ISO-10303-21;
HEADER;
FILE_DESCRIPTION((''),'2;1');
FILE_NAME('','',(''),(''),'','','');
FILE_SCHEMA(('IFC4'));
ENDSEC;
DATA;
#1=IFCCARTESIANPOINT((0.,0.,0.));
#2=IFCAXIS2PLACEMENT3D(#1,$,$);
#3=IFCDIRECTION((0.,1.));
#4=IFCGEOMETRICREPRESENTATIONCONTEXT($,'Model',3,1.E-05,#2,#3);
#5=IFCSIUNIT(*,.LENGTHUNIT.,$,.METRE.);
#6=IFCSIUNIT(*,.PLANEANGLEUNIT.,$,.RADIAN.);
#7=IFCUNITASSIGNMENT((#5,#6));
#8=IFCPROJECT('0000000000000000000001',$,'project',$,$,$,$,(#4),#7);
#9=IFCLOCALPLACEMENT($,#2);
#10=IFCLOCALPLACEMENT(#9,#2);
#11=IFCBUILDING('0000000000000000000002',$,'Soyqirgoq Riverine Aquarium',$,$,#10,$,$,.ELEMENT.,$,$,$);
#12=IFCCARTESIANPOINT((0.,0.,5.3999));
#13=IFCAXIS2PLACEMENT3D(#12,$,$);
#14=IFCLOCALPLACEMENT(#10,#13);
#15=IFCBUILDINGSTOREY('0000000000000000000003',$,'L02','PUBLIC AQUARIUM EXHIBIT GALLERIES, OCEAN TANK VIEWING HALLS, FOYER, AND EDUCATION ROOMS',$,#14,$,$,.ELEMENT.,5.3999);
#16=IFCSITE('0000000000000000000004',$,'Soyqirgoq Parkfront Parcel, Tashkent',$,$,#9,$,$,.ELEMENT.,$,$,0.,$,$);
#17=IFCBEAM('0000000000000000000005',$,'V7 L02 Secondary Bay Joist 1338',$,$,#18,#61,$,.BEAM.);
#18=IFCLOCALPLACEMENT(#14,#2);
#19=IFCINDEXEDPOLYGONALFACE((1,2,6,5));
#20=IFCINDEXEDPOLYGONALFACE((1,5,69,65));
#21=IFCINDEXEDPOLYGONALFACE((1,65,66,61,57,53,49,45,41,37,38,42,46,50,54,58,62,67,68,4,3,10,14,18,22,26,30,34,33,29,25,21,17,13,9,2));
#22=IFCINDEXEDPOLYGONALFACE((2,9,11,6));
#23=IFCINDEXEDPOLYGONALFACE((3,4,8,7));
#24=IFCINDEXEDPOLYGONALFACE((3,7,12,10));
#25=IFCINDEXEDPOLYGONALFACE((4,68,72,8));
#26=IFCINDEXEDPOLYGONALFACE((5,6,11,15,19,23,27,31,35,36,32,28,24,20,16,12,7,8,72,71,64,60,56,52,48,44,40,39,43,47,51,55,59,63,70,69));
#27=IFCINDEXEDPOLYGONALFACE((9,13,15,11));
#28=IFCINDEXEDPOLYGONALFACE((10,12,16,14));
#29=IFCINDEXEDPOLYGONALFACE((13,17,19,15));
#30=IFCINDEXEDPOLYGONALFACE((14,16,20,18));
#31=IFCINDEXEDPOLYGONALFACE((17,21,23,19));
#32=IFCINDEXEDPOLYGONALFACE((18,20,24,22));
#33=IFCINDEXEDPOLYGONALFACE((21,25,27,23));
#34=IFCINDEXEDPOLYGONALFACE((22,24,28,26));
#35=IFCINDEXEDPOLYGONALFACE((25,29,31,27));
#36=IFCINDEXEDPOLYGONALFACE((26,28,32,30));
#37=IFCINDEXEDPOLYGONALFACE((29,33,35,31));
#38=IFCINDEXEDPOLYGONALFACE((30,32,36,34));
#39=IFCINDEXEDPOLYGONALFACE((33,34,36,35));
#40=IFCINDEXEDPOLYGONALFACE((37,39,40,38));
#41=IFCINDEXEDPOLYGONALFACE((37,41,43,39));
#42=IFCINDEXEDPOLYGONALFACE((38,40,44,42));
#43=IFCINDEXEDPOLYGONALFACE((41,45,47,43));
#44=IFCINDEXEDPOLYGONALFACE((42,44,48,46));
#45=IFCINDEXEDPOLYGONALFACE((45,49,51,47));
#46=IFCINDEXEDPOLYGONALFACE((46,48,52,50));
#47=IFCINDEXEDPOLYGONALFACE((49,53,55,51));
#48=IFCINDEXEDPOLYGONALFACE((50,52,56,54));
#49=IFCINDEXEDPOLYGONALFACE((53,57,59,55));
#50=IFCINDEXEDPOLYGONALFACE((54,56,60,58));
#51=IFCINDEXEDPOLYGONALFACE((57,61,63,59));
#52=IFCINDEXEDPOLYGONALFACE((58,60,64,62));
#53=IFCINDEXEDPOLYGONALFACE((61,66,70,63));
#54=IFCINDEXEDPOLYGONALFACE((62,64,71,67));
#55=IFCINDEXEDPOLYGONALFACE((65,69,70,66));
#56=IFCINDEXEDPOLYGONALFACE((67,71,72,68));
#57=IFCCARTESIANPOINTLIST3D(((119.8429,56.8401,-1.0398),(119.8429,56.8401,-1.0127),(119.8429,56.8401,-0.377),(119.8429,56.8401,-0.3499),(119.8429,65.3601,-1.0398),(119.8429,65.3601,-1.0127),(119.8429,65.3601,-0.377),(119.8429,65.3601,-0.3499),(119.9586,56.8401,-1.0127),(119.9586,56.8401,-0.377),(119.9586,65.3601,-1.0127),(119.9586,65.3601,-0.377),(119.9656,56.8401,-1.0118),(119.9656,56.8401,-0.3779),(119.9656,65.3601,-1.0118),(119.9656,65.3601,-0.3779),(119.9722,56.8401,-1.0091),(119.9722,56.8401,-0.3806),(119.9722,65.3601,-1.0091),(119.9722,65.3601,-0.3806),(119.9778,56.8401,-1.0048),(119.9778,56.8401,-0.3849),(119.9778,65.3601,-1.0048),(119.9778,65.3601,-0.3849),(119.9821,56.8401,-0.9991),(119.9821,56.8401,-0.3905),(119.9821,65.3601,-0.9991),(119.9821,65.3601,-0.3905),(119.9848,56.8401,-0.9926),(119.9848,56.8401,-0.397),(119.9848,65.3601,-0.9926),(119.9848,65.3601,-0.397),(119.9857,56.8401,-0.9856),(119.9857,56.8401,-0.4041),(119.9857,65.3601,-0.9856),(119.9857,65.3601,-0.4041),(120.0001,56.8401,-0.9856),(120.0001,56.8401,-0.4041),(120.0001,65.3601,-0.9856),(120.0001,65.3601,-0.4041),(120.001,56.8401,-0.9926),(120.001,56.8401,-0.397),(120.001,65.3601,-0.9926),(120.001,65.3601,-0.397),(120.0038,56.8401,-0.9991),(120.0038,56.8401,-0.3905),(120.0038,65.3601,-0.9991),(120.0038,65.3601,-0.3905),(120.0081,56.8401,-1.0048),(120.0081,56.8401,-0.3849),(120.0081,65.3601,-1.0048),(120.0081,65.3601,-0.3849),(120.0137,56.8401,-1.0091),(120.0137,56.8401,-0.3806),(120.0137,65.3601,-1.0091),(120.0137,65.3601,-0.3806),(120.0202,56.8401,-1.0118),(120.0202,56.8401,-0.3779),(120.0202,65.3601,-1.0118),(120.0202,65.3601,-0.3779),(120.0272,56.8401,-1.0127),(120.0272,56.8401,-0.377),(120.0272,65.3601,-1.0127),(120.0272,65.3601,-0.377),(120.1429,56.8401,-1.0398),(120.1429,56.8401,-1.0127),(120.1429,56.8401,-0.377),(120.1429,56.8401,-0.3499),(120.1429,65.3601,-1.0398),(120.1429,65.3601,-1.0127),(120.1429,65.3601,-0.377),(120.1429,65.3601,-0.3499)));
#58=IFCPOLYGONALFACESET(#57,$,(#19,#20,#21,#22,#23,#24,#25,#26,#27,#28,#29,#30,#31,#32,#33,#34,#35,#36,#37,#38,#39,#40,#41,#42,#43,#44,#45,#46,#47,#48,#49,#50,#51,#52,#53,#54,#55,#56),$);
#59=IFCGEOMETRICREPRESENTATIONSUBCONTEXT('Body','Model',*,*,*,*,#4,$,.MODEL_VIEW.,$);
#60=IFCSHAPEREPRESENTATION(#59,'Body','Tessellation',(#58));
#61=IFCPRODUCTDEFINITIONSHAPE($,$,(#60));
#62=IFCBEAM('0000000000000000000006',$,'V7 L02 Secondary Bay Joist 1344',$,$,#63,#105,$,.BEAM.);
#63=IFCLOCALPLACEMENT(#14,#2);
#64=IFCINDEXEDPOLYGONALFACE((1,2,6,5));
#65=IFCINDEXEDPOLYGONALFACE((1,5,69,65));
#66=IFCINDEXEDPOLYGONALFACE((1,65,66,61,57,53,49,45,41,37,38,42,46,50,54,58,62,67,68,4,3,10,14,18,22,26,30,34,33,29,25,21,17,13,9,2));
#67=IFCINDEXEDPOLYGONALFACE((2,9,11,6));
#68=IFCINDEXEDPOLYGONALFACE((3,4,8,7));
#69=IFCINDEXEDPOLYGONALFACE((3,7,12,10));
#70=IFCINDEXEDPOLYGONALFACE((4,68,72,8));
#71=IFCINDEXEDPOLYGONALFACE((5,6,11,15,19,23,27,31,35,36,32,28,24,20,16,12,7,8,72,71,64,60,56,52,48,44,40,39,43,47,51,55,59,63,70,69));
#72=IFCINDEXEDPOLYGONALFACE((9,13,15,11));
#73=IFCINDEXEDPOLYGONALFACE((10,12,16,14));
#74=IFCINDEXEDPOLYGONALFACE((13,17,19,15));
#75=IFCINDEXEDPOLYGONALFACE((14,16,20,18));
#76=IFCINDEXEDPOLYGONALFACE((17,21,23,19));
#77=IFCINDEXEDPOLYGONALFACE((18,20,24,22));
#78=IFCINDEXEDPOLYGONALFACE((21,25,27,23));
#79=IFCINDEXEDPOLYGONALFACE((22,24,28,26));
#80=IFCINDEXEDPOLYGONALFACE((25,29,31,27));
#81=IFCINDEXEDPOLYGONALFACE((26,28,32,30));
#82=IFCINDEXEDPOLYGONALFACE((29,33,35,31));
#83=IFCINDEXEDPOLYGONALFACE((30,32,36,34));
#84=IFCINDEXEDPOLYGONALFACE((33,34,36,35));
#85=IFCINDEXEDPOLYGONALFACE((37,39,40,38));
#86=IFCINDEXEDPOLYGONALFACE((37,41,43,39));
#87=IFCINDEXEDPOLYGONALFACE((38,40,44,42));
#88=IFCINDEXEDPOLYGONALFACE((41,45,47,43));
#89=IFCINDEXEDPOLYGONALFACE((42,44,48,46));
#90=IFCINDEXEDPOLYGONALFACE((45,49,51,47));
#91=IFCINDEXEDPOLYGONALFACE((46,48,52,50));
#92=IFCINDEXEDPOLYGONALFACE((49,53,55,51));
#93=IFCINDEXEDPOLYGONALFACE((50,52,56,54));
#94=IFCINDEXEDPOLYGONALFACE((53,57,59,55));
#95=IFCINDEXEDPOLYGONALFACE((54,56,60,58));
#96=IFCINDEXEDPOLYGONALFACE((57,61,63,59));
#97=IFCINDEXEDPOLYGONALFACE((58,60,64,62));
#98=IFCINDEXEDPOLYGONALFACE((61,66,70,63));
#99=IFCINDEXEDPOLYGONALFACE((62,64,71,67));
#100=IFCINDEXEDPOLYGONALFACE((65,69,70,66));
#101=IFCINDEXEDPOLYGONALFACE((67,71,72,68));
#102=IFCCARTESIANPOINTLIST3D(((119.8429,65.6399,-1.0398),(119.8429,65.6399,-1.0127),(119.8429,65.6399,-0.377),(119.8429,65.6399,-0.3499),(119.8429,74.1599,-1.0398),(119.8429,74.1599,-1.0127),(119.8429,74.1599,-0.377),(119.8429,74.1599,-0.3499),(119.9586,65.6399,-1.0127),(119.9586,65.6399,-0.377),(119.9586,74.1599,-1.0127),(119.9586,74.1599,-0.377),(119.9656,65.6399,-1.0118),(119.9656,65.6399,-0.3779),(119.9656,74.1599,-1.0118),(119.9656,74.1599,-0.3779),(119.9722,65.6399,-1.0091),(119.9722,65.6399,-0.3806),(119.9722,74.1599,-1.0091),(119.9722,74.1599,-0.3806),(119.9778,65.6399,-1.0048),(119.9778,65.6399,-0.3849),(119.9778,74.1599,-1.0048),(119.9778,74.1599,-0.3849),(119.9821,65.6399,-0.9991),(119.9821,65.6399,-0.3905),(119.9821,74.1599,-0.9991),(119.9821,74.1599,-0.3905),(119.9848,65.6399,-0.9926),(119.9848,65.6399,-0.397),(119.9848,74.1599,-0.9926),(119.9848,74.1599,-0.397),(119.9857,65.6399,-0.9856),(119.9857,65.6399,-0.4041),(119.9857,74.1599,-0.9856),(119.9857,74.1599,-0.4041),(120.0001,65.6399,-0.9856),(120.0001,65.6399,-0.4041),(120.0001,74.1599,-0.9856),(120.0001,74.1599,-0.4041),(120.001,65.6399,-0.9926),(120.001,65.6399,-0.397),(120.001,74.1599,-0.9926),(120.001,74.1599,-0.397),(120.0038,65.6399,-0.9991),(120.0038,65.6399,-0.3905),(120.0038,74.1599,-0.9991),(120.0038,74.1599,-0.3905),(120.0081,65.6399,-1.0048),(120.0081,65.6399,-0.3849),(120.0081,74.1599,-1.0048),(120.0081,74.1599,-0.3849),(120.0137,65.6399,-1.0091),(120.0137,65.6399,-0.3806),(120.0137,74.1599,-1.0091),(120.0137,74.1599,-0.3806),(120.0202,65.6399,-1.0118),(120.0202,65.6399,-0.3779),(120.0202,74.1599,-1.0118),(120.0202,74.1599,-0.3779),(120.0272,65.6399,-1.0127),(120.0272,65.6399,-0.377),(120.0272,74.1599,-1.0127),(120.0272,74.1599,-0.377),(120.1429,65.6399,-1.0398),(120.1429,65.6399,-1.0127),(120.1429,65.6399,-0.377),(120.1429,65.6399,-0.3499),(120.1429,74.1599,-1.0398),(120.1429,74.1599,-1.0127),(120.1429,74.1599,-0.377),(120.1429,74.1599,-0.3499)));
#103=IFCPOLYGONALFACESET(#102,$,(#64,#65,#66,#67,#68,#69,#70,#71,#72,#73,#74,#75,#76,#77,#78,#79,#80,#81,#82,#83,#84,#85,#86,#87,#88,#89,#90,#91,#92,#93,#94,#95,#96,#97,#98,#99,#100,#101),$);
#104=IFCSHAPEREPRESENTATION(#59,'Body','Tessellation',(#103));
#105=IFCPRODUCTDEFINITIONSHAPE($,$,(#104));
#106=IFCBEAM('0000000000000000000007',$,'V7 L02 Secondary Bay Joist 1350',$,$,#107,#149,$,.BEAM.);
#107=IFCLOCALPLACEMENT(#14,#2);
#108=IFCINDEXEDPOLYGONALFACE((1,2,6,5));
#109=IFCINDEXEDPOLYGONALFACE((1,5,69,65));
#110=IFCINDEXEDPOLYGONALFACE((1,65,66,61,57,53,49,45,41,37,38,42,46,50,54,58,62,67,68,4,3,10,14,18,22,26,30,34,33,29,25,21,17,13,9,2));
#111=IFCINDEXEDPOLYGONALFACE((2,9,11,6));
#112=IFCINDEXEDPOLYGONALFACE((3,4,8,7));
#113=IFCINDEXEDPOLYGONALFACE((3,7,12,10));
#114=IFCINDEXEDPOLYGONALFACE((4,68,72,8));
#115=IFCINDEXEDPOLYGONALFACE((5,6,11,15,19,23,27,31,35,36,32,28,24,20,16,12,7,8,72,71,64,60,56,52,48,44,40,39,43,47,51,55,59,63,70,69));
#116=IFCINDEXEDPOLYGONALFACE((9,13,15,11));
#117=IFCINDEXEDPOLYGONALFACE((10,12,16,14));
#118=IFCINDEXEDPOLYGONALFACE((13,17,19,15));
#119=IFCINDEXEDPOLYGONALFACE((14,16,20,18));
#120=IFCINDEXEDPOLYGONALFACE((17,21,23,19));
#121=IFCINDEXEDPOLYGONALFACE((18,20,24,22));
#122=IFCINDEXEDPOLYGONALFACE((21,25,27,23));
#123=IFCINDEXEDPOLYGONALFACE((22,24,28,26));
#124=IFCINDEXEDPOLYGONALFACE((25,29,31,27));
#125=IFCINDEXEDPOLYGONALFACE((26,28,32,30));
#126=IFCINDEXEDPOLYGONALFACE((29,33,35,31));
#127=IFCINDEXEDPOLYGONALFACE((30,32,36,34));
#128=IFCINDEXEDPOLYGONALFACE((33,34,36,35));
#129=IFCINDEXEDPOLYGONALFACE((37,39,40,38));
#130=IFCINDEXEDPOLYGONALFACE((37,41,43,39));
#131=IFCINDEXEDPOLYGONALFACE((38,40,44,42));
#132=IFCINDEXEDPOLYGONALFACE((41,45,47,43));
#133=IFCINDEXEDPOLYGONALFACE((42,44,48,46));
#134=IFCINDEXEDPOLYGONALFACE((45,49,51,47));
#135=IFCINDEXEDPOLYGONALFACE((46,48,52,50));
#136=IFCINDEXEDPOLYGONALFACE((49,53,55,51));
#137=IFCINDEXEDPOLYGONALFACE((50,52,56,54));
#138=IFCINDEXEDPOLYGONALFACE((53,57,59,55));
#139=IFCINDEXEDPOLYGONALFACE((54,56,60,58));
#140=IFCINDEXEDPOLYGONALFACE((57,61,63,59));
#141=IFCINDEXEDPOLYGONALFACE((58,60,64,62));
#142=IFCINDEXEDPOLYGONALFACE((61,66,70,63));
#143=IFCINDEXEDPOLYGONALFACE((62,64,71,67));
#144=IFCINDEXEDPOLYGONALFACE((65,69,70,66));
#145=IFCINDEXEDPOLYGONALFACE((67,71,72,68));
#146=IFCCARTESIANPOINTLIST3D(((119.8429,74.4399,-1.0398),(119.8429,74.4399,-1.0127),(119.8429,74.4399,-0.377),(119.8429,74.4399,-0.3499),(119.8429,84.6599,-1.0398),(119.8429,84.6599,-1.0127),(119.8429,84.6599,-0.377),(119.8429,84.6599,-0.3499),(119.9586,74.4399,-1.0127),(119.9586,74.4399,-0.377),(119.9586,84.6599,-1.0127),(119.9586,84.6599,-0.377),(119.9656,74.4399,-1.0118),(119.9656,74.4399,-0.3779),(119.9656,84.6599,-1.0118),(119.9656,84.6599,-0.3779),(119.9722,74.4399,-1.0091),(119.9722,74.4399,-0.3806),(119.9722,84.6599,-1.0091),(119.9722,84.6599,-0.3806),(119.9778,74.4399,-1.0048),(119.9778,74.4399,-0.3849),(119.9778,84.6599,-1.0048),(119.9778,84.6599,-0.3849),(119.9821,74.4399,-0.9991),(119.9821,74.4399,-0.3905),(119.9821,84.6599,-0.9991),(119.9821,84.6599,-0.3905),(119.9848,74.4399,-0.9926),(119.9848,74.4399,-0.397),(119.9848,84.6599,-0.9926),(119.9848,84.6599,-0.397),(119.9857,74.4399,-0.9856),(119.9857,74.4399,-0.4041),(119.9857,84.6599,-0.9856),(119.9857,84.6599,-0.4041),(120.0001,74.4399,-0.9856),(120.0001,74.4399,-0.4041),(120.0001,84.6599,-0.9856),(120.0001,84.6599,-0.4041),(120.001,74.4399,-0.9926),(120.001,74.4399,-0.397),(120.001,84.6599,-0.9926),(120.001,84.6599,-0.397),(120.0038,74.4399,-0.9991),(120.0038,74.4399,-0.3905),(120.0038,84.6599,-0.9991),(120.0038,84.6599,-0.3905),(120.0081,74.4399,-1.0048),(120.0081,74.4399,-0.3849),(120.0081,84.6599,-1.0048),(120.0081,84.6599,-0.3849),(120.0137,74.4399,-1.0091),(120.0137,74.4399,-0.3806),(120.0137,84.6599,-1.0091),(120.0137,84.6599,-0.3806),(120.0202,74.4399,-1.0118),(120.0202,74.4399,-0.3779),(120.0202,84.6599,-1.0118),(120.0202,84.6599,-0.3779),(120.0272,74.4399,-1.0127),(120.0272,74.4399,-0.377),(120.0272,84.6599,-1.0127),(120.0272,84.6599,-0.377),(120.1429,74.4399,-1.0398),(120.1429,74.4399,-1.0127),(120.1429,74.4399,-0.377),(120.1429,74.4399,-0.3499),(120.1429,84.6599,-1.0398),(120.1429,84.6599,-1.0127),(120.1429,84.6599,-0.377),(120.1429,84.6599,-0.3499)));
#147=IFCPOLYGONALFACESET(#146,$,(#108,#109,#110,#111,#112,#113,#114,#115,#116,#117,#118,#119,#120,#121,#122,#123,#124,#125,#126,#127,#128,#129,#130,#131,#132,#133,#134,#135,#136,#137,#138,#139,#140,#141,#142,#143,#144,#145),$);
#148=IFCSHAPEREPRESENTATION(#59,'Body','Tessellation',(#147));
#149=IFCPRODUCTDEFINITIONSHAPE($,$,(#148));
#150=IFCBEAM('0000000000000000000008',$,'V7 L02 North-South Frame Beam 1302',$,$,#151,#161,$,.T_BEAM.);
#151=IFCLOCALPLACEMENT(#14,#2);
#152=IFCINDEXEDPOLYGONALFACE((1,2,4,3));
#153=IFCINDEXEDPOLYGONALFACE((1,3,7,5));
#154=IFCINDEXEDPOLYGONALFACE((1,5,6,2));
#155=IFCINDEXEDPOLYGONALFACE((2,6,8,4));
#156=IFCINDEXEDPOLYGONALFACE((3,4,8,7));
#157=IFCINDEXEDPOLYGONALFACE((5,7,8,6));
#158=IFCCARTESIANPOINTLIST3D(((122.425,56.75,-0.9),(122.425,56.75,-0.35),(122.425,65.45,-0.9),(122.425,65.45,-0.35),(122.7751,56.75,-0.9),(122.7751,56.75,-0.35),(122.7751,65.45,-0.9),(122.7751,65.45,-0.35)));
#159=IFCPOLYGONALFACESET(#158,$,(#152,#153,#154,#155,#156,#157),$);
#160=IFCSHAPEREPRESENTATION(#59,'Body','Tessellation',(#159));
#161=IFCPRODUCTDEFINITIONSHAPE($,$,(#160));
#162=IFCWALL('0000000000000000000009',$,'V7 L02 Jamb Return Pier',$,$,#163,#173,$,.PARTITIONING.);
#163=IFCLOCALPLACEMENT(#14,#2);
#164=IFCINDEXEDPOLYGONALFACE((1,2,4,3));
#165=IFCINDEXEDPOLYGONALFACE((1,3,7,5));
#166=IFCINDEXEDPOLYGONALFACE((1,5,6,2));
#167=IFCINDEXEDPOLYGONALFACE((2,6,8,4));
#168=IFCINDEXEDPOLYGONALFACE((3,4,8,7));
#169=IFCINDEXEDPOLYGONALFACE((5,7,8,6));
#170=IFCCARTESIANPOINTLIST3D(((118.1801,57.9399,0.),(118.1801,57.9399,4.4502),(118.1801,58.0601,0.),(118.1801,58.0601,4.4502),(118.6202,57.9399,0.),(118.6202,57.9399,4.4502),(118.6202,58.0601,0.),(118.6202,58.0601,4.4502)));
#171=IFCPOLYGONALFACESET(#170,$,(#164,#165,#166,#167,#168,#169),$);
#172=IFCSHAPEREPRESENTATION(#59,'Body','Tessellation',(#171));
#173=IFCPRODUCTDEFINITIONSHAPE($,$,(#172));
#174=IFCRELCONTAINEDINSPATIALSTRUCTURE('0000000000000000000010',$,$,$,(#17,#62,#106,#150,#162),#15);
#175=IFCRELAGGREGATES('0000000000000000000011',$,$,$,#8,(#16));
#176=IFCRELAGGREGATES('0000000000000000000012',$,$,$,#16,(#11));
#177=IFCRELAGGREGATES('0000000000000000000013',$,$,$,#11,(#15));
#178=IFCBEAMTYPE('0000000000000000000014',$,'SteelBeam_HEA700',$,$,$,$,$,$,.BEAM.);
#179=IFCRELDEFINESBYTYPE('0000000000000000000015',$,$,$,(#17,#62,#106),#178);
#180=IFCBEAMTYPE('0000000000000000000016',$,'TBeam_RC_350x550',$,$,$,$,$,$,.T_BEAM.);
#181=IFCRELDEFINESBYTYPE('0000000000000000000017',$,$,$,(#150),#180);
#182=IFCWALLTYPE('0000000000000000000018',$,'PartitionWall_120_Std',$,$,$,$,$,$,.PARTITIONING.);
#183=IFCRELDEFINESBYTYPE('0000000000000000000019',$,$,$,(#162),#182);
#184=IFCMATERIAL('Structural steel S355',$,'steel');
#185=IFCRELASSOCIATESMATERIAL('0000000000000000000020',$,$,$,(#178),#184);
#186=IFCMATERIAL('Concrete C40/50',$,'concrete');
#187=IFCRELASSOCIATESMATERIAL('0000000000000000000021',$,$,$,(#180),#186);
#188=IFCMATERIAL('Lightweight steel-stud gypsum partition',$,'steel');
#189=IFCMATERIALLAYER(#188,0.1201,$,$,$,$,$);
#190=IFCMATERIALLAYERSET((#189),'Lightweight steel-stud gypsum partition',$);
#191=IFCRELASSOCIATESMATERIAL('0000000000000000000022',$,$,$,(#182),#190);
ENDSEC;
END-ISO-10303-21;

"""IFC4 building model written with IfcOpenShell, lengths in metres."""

from ifc_helpers import new_model, si_unit, direction, frame, frame_2d, origin, origin_2d, place, context, subcontext, project, spatial, rectangle, i_section, extrude, material, layer, layer_set, material_profile, profile_set, type_object, element, save


model = new_model("IFC4")

# Units and contexts
model_context = context("Model", 3, precision=1e-05, world=origin(), true_north=direction((0.0, 1.0)))
body_context = subcontext(model_context, "Body", "Model", "MODEL_VIEW")
ifc_project = project(units=[si_unit("LENGTHUNIT", "METRE"), si_unit("PLANEANGLEUNIT", "RADIAN")], contexts=[model_context])

# Site, building, storey
site_placement = place(None, origin())
site = spatial("IfcSite", under=ifc_project, at=site_placement, Name="Soyqirgoq Parkfront Parcel, Tashkent", CompositionType="ELEMENT", RefElevation=0.0)
building_placement = place(site_placement, origin())
building = spatial("IfcBuilding", under=site, at=building_placement, Name="Soyqirgoq Riverine Aquarium", CompositionType="ELEMENT")
storey_placement = place(building_placement, frame((0.0, 0.0, 5.3999)))
storey = spatial("IfcBuildingStorey", under=building, at=storey_placement, Name="L02", Description="PUBLIC AQUARIUM EXHIBIT GALLERIES, OCEAN TANK VIEWING HALLS, FOYER, AND EDUCATION ROOMS", CompositionType="ELEMENT", Elevation=5.3999)

# Beams
ifc_material_1 = material(Name="Structural steel S355", Category="steel")
ifc_material_profile_1 = material_profile(ifc_material_1, i_section(OverallWidth=0.3, OverallDepth=0.6899, WebThickness=0.0144, FlangeThickness=0.0271, FilletRadius=0.0271, at=origin_2d()), Name="HEA 700")
ifc_profile_set_1 = profile_set([ifc_material_profile_1], Name="Structural steel S355")
beam_type_1 = type_object("IfcBeamType", Name="SteelBeam_HEA700", PredefinedType="BEAM", material=ifc_profile_set_1)
for number, where, z_axis, x_axis, name in (
    (1, (119.9929, 56.8401, -0.6948), (0.0, 1.0, 0.0), (-1.0, 0.0, 0.0), "V7 L02 Secondary Bay Joist 1338"),
    (2, (119.9929, 65.6399, -0.6948), (0.0, 1.0, 0.0), (-1.0, 0.0, 0.0), "V7 L02 Secondary Bay Joist 1344"),
):
    element("IfcBeam", number, at=place(storey_placement, frame(where, z_axis=z_axis, x_axis=x_axis)), inside=storey, type_object=beam_type_1, Name=name, PredefinedType="BEAM", context=body_context, shape_type="SweptSolid", body=[
        extrude(i_section(OverallWidth=0.3, OverallDepth=0.6899, WebThickness=0.0144, FlangeThickness=0.0271, FilletRadius=0.0271, at=origin_2d()), origin(), (0.0, 0.0, 1.0), 8.52),
    ])
beam_1_placement = place(storey_placement, frame((119.9929, 74.4399, -0.6948), z_axis=(0.0, 1.0, 0.0), x_axis=(-1.0, 0.0, 0.0)))
element("IfcBeam", 3, at=beam_1_placement, inside=storey, type_object=beam_type_1, Name="V7 L02 Secondary Bay Joist 1350", PredefinedType="BEAM", context=body_context, shape_type="SweptSolid", body=[
    extrude(i_section(OverallWidth=0.3, OverallDepth=0.6899, WebThickness=0.0144, FlangeThickness=0.0271, FilletRadius=0.0271, at=origin_2d()), origin(), (0.0, 0.0, 1.0), 10.22),
])
ifc_material_2 = material(Name="Concrete C40/50", Category="concrete")
ifc_material_profile_2 = material_profile(ifc_material_2, rectangle(XDim=0.3501, YDim=0.55, at=origin_2d()), Name="RC 350x550")
ifc_profile_set_2 = profile_set([ifc_material_profile_2], Name="Concrete C40/50")
beam_type_2 = type_object("IfcBeamType", Name="TBeam_RC_350x550", PredefinedType="T_BEAM", material=ifc_profile_set_2)
beam_2_placement = place(storey_placement, frame((122.6001, 56.75, -0.625), z_axis=(0.0, 1.0, 0.0), x_axis=(-1.0, 0.0, 0.0)))
element("IfcBeam", 4, at=beam_2_placement, inside=storey, type_object=beam_type_2, Name="V7 L02 North-South Frame Beam 1302", PredefinedType="T_BEAM", context=body_context, shape_type="SweptSolid", body=[
    extrude(rectangle(XDim=0.3501, YDim=0.55, at=origin_2d()), origin(), (0.0, 0.0, 1.0), 8.7),
])

# Wall
ifc_material_3 = material(Name="Lightweight steel-stud gypsum partition", Category="steel")
ifc_layer_1 = layer(ifc_material_3, 0.1201)
ifc_layer_set_1 = layer_set([ifc_layer_1], Name="Lightweight steel-stud gypsum partition")
wall_type_1 = type_object("IfcWallType", Name="PartitionWall_120_Std", PredefinedType="PARTITIONING", material=ifc_layer_set_1)
wall_1_placement = place(storey_placement, frame((118.1799, 58.0, 0.0), z_axis=(0.0, 0.0, 1.0), x_axis=(1.0, 0.0, 0.0)))
element("IfcWall", 5, at=wall_1_placement, inside=storey, type_object=wall_type_1, Name="V7 L02 Jamb Return Pier", PredefinedType="PARTITIONING", context=body_context, shape_type="SweptSolid", body=[
    extrude(rectangle(XDim=0.4402, YDim=0.1201, at=frame_2d((0.2202, 0.0))), origin(), (0.0, 0.0, 1.0), 4.4502),
])

save(model, "model.ifc")
